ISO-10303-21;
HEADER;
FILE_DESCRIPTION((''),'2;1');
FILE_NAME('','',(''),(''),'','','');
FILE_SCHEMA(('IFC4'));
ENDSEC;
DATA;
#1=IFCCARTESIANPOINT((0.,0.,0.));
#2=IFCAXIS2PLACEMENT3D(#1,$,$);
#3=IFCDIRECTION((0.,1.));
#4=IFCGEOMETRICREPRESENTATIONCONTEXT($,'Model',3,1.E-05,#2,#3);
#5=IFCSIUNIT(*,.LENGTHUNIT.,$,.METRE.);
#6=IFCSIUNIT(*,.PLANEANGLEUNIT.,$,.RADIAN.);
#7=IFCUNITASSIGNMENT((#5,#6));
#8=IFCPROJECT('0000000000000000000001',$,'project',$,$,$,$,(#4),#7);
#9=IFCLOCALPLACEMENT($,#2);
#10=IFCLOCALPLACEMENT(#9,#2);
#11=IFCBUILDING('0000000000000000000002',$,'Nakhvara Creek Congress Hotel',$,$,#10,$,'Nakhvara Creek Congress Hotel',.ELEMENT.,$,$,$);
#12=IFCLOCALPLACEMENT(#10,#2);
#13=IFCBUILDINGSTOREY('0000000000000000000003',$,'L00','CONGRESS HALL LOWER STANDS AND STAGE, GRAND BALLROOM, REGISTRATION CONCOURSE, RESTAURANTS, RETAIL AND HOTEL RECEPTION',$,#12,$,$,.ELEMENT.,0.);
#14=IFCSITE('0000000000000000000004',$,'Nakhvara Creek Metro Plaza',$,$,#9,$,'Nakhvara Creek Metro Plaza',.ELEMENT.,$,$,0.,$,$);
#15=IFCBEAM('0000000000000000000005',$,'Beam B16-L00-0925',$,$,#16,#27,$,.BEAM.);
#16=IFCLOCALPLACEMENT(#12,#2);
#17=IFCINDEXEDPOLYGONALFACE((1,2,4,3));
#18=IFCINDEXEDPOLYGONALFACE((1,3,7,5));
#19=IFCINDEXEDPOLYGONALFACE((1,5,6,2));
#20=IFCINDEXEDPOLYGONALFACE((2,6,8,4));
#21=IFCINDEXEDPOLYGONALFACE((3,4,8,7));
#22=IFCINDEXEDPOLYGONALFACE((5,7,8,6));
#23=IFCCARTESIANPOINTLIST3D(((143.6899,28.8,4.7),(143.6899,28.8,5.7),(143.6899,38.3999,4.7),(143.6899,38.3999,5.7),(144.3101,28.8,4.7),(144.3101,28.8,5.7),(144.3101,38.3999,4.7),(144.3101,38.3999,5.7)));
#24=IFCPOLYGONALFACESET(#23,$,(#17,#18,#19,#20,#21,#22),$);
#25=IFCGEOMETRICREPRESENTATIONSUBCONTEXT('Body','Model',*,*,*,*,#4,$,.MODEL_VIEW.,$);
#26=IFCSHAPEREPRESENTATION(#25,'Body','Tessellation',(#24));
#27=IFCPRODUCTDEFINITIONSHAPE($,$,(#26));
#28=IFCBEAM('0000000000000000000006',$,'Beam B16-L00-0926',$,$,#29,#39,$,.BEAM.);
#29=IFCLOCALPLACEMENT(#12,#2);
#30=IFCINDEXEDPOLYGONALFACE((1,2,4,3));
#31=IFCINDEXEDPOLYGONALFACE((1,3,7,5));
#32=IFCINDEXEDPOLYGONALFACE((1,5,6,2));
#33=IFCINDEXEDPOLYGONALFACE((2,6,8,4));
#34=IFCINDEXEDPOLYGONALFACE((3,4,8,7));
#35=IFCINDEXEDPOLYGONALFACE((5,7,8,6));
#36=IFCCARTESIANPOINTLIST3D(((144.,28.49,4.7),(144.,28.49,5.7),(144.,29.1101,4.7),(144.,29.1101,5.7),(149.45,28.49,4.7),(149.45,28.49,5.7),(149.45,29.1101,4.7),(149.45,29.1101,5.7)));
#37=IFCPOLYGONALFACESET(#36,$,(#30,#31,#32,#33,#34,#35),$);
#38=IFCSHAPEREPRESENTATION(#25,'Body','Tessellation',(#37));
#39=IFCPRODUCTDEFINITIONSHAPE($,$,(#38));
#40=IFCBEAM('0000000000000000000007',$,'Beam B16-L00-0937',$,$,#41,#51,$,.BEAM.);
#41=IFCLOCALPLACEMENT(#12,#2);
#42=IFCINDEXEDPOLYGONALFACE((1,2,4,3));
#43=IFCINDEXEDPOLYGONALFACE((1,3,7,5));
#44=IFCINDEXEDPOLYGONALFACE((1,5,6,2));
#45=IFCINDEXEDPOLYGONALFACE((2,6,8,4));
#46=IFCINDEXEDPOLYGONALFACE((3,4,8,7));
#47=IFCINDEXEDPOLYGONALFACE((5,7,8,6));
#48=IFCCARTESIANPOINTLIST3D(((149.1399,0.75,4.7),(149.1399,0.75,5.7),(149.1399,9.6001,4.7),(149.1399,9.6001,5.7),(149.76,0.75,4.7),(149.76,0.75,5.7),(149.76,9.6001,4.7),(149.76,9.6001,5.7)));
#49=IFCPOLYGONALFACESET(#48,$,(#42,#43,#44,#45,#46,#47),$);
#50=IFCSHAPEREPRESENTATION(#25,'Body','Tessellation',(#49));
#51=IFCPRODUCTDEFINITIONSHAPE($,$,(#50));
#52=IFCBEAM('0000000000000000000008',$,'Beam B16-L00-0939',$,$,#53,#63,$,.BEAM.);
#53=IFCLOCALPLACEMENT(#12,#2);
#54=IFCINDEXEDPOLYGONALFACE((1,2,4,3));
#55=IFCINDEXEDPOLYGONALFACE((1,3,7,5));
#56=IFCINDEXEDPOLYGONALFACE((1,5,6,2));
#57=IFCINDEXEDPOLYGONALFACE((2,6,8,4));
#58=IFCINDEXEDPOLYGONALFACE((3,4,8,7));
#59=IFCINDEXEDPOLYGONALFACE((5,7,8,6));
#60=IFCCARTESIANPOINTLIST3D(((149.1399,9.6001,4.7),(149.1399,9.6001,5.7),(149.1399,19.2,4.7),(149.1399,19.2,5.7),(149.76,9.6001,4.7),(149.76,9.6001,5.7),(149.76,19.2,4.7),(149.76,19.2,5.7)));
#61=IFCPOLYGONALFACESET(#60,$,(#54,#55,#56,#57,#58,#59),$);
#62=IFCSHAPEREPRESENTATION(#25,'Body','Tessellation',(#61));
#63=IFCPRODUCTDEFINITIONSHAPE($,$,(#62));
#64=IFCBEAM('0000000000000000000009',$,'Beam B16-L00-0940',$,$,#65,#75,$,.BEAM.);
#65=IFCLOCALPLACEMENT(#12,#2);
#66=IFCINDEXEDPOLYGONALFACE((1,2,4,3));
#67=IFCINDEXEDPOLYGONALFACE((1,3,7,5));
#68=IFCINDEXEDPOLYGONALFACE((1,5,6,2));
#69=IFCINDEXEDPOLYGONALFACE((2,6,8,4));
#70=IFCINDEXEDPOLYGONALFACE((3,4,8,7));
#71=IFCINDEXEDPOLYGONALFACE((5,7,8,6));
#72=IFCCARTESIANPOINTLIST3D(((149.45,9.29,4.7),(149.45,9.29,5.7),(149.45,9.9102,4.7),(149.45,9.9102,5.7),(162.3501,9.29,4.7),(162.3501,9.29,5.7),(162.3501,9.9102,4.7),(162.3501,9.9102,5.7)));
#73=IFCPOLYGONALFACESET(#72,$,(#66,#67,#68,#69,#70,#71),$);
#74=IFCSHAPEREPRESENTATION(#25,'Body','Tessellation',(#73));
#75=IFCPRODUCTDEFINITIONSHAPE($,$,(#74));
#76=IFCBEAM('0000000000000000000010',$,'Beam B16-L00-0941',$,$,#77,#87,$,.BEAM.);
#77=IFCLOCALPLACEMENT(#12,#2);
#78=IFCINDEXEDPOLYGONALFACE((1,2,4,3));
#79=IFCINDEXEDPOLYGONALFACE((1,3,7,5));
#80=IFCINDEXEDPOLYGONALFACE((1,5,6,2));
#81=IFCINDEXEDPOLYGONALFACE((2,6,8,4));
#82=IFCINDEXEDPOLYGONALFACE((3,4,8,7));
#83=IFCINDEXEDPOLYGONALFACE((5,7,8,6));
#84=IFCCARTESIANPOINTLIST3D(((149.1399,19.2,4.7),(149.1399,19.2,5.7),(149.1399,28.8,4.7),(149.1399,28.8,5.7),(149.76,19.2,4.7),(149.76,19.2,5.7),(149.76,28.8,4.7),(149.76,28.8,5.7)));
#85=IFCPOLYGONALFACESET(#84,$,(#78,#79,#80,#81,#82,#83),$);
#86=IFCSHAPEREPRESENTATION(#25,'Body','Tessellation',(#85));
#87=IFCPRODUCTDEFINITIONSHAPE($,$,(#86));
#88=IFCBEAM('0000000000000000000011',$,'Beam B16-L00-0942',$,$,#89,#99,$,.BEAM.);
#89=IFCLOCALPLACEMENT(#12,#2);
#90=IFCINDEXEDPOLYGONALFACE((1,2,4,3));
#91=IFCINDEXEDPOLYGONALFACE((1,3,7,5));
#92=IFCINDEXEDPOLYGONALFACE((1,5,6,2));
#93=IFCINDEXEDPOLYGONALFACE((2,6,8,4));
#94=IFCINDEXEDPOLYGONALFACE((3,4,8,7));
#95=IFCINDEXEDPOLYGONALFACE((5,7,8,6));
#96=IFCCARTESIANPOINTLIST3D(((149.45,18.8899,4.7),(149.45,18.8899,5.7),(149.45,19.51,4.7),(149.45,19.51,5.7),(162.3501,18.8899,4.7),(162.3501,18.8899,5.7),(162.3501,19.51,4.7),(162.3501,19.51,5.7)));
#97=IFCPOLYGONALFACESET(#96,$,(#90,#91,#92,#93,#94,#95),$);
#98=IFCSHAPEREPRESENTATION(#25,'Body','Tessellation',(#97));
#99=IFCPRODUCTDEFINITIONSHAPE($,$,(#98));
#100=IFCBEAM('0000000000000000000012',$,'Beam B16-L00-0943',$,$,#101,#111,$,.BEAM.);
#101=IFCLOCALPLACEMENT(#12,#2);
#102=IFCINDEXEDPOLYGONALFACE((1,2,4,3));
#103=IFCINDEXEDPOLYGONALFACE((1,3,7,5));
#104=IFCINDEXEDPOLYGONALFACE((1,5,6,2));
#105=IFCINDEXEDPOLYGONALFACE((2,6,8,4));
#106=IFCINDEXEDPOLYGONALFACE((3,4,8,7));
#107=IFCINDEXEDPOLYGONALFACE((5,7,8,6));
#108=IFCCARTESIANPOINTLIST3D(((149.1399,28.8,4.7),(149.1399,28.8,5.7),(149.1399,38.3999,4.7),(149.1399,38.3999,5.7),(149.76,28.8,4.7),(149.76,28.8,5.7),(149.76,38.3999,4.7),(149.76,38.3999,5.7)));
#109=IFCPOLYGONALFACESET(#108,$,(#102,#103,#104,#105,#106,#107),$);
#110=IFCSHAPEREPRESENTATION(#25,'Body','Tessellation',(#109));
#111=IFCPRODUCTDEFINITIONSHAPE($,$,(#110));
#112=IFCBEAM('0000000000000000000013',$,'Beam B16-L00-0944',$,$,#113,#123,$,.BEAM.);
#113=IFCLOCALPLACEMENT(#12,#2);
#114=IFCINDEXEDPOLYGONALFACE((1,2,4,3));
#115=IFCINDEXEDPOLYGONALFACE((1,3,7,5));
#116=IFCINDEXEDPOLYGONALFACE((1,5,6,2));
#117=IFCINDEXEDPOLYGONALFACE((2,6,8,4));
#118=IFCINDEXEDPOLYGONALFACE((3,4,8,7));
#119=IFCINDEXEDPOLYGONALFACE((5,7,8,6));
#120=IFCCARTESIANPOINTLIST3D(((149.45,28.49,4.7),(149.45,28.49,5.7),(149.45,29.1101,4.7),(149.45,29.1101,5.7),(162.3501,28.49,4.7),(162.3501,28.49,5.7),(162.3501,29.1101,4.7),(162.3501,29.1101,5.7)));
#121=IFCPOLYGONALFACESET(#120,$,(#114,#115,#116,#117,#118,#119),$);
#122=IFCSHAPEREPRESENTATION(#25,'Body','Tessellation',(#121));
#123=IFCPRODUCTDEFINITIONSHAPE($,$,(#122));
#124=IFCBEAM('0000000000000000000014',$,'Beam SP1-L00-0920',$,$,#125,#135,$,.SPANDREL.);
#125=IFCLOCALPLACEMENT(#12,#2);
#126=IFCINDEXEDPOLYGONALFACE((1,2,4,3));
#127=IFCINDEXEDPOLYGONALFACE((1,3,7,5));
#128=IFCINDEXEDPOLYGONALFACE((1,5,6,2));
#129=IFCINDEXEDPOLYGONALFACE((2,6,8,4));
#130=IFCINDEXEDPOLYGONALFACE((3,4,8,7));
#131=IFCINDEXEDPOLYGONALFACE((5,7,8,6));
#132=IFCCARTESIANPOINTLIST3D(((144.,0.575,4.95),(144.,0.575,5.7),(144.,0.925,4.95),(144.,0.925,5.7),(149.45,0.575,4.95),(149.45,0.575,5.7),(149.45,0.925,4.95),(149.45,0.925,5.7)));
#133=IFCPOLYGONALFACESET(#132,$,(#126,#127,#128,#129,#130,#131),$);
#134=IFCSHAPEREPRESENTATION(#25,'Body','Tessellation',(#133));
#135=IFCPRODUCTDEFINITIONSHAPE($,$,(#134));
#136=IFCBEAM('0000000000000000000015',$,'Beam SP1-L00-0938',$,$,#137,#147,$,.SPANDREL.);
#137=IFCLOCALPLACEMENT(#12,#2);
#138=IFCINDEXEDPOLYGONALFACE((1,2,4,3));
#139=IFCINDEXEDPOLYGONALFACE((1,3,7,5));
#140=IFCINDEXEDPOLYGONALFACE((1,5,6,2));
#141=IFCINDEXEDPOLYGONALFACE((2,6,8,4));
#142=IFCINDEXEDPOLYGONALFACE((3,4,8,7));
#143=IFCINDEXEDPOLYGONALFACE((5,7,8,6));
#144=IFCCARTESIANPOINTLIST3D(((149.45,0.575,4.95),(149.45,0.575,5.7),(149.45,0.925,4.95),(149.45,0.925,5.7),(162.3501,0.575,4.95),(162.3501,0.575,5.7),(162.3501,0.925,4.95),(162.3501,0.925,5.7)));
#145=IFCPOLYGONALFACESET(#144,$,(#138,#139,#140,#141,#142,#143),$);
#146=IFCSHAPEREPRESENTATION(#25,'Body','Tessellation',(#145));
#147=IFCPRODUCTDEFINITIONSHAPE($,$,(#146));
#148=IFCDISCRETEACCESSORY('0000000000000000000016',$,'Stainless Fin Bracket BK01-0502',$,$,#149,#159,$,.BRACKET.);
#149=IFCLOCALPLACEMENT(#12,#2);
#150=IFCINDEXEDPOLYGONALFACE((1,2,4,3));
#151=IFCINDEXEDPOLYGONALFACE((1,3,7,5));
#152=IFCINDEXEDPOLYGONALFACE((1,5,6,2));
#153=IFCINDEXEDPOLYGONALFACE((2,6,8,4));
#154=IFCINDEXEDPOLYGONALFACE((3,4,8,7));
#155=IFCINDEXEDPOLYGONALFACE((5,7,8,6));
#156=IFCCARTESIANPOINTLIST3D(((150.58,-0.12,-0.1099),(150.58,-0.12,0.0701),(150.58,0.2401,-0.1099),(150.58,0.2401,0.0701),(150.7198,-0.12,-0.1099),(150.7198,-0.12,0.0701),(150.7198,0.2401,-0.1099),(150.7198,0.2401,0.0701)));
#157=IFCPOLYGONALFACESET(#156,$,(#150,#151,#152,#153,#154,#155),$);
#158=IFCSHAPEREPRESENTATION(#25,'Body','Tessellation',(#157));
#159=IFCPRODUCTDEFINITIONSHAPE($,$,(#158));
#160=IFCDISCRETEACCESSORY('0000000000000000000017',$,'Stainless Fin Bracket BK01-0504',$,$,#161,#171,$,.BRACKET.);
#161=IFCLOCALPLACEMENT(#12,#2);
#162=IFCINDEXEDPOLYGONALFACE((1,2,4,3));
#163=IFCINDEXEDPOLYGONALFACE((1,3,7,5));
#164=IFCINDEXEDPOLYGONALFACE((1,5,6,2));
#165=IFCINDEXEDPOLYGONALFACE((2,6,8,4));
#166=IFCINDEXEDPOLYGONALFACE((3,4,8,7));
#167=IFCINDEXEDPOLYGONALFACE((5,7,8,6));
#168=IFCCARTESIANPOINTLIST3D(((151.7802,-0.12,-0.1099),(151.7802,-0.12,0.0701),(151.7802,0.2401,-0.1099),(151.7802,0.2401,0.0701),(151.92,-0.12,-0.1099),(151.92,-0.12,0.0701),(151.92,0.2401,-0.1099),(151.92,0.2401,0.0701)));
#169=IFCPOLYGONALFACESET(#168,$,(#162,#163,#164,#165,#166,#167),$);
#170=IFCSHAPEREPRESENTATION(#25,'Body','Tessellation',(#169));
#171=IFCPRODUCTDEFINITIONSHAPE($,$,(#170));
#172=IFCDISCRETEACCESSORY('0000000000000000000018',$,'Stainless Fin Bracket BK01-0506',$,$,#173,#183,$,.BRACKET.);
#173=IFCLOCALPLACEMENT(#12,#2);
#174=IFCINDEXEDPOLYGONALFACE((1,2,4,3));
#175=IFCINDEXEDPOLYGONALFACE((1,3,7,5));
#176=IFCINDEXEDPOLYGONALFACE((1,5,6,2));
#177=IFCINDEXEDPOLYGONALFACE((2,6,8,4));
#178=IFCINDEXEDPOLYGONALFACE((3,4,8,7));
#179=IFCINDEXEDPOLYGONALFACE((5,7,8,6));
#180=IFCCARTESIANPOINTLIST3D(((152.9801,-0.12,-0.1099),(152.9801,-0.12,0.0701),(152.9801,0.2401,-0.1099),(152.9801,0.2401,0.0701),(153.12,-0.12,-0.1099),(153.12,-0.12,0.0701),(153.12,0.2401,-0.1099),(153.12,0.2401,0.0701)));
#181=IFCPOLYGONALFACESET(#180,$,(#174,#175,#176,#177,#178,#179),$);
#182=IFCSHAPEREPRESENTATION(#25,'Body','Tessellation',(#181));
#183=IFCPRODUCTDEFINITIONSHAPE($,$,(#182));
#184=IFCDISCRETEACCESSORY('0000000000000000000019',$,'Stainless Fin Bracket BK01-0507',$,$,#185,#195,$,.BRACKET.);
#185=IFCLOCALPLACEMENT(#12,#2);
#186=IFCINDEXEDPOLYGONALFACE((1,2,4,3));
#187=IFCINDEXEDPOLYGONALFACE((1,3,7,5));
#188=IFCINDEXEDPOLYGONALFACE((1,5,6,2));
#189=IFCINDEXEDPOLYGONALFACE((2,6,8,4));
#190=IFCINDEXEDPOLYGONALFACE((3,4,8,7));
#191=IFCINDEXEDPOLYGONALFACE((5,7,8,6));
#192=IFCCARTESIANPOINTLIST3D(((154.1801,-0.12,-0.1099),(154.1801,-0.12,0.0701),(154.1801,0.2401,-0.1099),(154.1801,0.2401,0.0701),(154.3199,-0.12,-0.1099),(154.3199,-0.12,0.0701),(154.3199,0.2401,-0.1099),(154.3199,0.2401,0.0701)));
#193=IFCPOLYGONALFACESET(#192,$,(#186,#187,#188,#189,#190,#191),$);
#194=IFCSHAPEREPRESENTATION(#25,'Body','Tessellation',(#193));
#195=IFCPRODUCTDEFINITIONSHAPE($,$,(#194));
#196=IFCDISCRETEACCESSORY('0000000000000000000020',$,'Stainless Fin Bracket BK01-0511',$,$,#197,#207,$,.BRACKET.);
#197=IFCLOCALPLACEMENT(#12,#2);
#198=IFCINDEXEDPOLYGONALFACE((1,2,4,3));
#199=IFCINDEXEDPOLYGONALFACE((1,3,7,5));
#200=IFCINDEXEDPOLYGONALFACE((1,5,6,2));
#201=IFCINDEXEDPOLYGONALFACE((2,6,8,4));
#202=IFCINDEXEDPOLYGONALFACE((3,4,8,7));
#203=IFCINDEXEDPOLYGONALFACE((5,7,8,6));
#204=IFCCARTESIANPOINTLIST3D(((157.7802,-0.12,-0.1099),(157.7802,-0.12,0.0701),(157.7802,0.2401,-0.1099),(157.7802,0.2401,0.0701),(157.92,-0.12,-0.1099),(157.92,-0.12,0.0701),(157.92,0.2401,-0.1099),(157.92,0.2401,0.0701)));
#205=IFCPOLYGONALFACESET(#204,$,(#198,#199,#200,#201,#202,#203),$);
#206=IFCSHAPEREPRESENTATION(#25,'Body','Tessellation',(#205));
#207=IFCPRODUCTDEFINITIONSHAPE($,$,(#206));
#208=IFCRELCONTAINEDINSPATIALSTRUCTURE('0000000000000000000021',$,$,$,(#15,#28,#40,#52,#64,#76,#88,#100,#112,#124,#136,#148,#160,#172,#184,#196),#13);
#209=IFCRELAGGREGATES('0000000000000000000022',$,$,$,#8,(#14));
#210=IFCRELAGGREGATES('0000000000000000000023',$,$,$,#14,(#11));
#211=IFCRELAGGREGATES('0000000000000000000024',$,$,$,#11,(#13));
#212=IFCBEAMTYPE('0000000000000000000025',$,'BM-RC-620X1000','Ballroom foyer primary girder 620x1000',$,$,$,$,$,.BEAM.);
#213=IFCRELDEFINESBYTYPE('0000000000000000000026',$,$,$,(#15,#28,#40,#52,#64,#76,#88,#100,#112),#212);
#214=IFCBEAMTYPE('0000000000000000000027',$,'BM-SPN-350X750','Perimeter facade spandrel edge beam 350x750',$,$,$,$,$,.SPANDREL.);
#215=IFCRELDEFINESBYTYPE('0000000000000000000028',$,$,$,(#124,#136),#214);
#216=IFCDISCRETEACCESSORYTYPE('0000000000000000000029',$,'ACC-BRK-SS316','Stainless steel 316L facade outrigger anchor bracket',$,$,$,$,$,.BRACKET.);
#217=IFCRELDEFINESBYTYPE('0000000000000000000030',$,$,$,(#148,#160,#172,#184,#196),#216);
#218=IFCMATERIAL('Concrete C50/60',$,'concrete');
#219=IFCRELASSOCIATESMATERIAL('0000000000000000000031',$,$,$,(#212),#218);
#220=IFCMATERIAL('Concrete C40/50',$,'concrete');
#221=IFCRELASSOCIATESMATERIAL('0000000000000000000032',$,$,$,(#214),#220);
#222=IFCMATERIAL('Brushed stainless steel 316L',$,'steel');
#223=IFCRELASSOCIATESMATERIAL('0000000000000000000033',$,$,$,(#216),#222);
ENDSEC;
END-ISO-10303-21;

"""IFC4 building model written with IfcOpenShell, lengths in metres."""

from ifc_helpers import new_model, si_unit, direction, frame, origin, origin_2d, place, context, subcontext, project, spatial, rectangle, extrude, material, material_profile, profile_set, type_object, element, save


model = new_model("IFC4")

# Units and contexts
model_context = context("Model", 3, precision=1e-05, world=origin(), true_north=direction((0.0, 1.0)))
body_context = subcontext(model_context, "Body", "Model", "MODEL_VIEW")
ifc_project = project(units=[si_unit("LENGTHUNIT", "METRE"), si_unit("PLANEANGLEUNIT", "RADIAN")], contexts=[model_context])

# Site, building, storey
site_placement = place(None, origin())
site = spatial("IfcSite", under=ifc_project, at=site_placement, Name="Nakhvara Creek Metro Plaza", LongName="Nakhvara Creek Metro Plaza", CompositionType="ELEMENT", RefElevation=0.0)
building_placement = place(site_placement, origin())
building = spatial("IfcBuilding", under=site, at=building_placement, Name="Nakhvara Creek Congress Hotel", LongName="Nakhvara Creek Congress Hotel", CompositionType="ELEMENT")
storey_placement = place(building_placement, origin())
storey = spatial("IfcBuildingStorey", under=building, at=storey_placement, Name="L00", Description="CONGRESS HALL LOWER STANDS AND STAGE, GRAND BALLROOM, REGISTRATION CONCOURSE, RESTAURANTS, RETAIL AND HOTEL RECEPTION", CompositionType="ELEMENT", Elevation=0.0)

# Shared definitions
ifc_material_1 = material(Name="Concrete C50/60", Category="concrete")

# Beams
ifc_material_2 = material(Name="Concrete C40/50", Category="concrete")
ifc_material_profile_1 = material_profile(ifc_material_1, rectangle(XDim=0.6201, YDim=1.0, at=origin_2d()), Name="RC-BM 620x1000", Category="LoadBearing")
ifc_profile_set_1 = profile_set([ifc_material_profile_1], Name="Concrete C50/60")
beam_type_1 = type_object("IfcBeamType", Name="BM-RC-620X1000", Description="Ballroom foyer primary girder 620x1000", PredefinedType="BEAM", material=ifc_profile_set_1)
beam_1_placement = place(storey_placement, frame((144.0, 28.8, 5.2), z_axis=(0.0, 1.0, 0.0), x_axis=(-1.0, 0.0, 0.0)))
element("IfcBeam", 1, at=beam_1_placement, inside=storey, type_object=beam_type_1, Name="Beam B16-L00-0925", PredefinedType="BEAM", context=body_context, shape_type="SweptSolid", body=[
    extrude(rectangle(XDim=0.6201, YDim=1.0, at=origin_2d()), origin(), (0.0, 0.0, 1.0), 9.5999),
])
beam_2_placement = place(storey_placement, frame((144.0, 28.8, 5.2), z_axis=(1.0, 0.0, 0.0), x_axis=(0.0, 1.0, 0.0)))
element("IfcBeam", 2, at=beam_2_placement, inside=storey, type_object=beam_type_1, Name="Beam B16-L00-0926", PredefinedType="BEAM", context=body_context, shape_type="SweptSolid", body=[
    extrude(rectangle(XDim=0.6201, YDim=1.0, at=origin_2d()), origin(), (0.0, 0.0, 1.0), 5.45),
])
beam_3_placement = place(storey_placement, frame((149.45, 0.75, 5.2), z_axis=(0.0, 1.0, 0.0), x_axis=(-1.0, 0.0, 0.0)))
element("IfcBeam", 3, at=beam_3_placement, inside=storey, type_object=beam_type_1, Name="Beam B16-L00-0937", PredefinedType="BEAM", context=body_context, shape_type="SweptSolid", body=[
    extrude(rectangle(XDim=0.6201, YDim=1.0, at=origin_2d()), origin(), (0.0, 0.0, 1.0), 8.8501),
])
beam_4_placement = place(storey_placement, frame((149.45, 9.6001, 5.2), z_axis=(0.0, 1.0, 0.0), x_axis=(-1.0, 0.0, 0.0)))
element("IfcBeam", 4, at=beam_4_placement, inside=storey, type_object=beam_type_1, Name="Beam B16-L00-0939", PredefinedType="BEAM", context=body_context, shape_type="SweptSolid", body=[
    extrude(rectangle(XDim=0.6201, YDim=1.0, at=origin_2d()), origin(), (0.0, 0.0, 1.0), 9.5999),
])
beam_5_placement = place(storey_placement, frame((149.45, 9.6001, 5.2), z_axis=(1.0, 0.0, 0.0), x_axis=(0.0, 1.0, 0.0)))
element("IfcBeam", 5, at=beam_5_placement, inside=storey, type_object=beam_type_1, Name="Beam B16-L00-0940", PredefinedType="BEAM", context=body_context, shape_type="SweptSolid", body=[
    extrude(rectangle(XDim=0.6201, YDim=1.0, at=origin_2d()), origin(), (0.0, 0.0, 1.0), 12.9001),
])
beam_6_placement = place(storey_placement, frame((149.45, 19.2, 5.2), z_axis=(0.0, 1.0, 0.0), x_axis=(-1.0, 0.0, 0.0)))
element("IfcBeam", 6, at=beam_6_placement, inside=storey, type_object=beam_type_1, Name="Beam B16-L00-0941", PredefinedType="BEAM", context=body_context, shape_type="SweptSolid", body=[
    extrude(rectangle(XDim=0.6201, YDim=1.0, at=origin_2d()), origin(), (0.0, 0.0, 1.0), 9.6001),
])
beam_7_placement = place(storey_placement, frame((149.45, 19.2, 5.2), z_axis=(1.0, 0.0, 0.0), x_axis=(0.0, 1.0, 0.0)))
element("IfcBeam", 7, at=beam_7_placement, inside=storey, type_object=beam_type_1, Name="Beam B16-L00-0942", PredefinedType="BEAM", context=body_context, shape_type="SweptSolid", body=[
    extrude(rectangle(XDim=0.6201, YDim=1.0, at=origin_2d()), origin(), (0.0, 0.0, 1.0), 12.9001),
])
beam_8_placement = place(storey_placement, frame((149.45, 28.8, 5.2), z_axis=(0.0, 1.0, 0.0), x_axis=(-1.0, 0.0, 0.0)))
element("IfcBeam", 8, at=beam_8_placement, inside=storey, type_object=beam_type_1, Name="Beam B16-L00-0943", PredefinedType="BEAM", context=body_context, shape_type="SweptSolid", body=[
    extrude(rectangle(XDim=0.6201, YDim=1.0, at=origin_2d()), origin(), (0.0, 0.0, 1.0), 9.5999),
])
beam_9_placement = place(storey_placement, frame((149.45, 28.8, 5.2), z_axis=(1.0, 0.0, 0.0), x_axis=(0.0, 1.0, 0.0)))
element("IfcBeam", 9, at=beam_9_placement, inside=storey, type_object=beam_type_1, Name="Beam B16-L00-0944", PredefinedType="BEAM", context=body_context, shape_type="SweptSolid", body=[
    extrude(rectangle(XDim=0.6201, YDim=1.0, at=origin_2d()), origin(), (0.0, 0.0, 1.0), 12.9001),
])
ifc_material_profile_2 = material_profile(ifc_material_2, rectangle(XDim=0.3501, YDim=0.75, at=origin_2d()), Name="RC-SPANDREL 350x750", Category="LoadBearing")
ifc_profile_set_2 = profile_set([ifc_material_profile_2], Name="Concrete C40/50")
beam_type_2 = type_object("IfcBeamType", Name="BM-SPN-350X750", Description="Perimeter facade spandrel edge beam 350x750", PredefinedType="SPANDREL", material=ifc_profile_set_2)
beam_10_placement = place(storey_placement, frame((144.0, 0.75, 5.325), z_axis=(1.0, 0.0, 0.0), x_axis=(0.0, 1.0, 0.0)))
element("IfcBeam", 10, at=beam_10_placement, inside=storey, type_object=beam_type_2, Name="Beam SP1-L00-0920", PredefinedType="SPANDREL", context=body_context, shape_type="SweptSolid", body=[
    extrude(rectangle(XDim=0.3501, YDim=0.75, at=origin_2d()), origin(), (0.0, 0.0, 1.0), 5.45),
])
beam_11_placement = place(storey_placement, frame((149.45, 0.75, 5.325), z_axis=(1.0, 0.0, 0.0), x_axis=(0.0, 1.0, 0.0)))
element("IfcBeam", 11, at=beam_11_placement, inside=storey, type_object=beam_type_2, Name="Beam SP1-L00-0938", PredefinedType="SPANDREL", context=body_context, shape_type="SweptSolid", body=[
    extrude(rectangle(XDim=0.3501, YDim=0.75, at=origin_2d()), origin(), (0.0, 0.0, 1.0), 12.9001),
])

# Discrete accessories
ifc_material_3 = material(Name="Brushed stainless steel 316L", Category="steel")
discrete_accessory_type = type_object("IfcDiscreteAccessoryType", Name="ACC-BRK-SS316", Description="Stainless steel 316L facade outrigger anchor bracket", PredefinedType="BRACKET", material=ifc_material_3)
for number, where, z_axis, x_axis, name in (
    (12, (150.6499, 0.0601, -0.1099), (0.0, 0.0, 1.0), (1.0, 0.0, 0.0), "Stainless Fin Bracket BK01-0502"),
    (13, (151.8501, 0.0601, -0.1099), (0.0, 0.0, 1.0), (1.0, 0.0, 0.0), "Stainless Fin Bracket BK01-0504"),
    (14, (153.05, 0.0601, -0.1099), (0.0, 0.0, 1.0), (1.0, 0.0, 0.0), "Stainless Fin Bracket BK01-0506"),
    (15, (154.25, 0.0601, -0.1099), (0.0, 0.0, 1.0), (1.0, 0.0, 0.0), "Stainless Fin Bracket BK01-0507"),
    (16, (157.8501, 0.0601, -0.1099), (0.0, 0.0, 1.0), (1.0, 0.0, 0.0), "Stainless Fin Bracket BK01-0511"),
):
    element("IfcDiscreteAccessory", number, at=place(storey_placement, frame(where, z_axis=z_axis, x_axis=x_axis)), inside=storey, type_object=discrete_accessory_type, Name=name, PredefinedType="BRACKET", context=body_context, shape_type="SweptSolid", body=[
        extrude(rectangle(XDim=0.1399, YDim=0.3601, at=origin_2d()), origin(), (0.0, 0.0, 1.0), 0.1799),
    ])

save(model, "model.ifc")
